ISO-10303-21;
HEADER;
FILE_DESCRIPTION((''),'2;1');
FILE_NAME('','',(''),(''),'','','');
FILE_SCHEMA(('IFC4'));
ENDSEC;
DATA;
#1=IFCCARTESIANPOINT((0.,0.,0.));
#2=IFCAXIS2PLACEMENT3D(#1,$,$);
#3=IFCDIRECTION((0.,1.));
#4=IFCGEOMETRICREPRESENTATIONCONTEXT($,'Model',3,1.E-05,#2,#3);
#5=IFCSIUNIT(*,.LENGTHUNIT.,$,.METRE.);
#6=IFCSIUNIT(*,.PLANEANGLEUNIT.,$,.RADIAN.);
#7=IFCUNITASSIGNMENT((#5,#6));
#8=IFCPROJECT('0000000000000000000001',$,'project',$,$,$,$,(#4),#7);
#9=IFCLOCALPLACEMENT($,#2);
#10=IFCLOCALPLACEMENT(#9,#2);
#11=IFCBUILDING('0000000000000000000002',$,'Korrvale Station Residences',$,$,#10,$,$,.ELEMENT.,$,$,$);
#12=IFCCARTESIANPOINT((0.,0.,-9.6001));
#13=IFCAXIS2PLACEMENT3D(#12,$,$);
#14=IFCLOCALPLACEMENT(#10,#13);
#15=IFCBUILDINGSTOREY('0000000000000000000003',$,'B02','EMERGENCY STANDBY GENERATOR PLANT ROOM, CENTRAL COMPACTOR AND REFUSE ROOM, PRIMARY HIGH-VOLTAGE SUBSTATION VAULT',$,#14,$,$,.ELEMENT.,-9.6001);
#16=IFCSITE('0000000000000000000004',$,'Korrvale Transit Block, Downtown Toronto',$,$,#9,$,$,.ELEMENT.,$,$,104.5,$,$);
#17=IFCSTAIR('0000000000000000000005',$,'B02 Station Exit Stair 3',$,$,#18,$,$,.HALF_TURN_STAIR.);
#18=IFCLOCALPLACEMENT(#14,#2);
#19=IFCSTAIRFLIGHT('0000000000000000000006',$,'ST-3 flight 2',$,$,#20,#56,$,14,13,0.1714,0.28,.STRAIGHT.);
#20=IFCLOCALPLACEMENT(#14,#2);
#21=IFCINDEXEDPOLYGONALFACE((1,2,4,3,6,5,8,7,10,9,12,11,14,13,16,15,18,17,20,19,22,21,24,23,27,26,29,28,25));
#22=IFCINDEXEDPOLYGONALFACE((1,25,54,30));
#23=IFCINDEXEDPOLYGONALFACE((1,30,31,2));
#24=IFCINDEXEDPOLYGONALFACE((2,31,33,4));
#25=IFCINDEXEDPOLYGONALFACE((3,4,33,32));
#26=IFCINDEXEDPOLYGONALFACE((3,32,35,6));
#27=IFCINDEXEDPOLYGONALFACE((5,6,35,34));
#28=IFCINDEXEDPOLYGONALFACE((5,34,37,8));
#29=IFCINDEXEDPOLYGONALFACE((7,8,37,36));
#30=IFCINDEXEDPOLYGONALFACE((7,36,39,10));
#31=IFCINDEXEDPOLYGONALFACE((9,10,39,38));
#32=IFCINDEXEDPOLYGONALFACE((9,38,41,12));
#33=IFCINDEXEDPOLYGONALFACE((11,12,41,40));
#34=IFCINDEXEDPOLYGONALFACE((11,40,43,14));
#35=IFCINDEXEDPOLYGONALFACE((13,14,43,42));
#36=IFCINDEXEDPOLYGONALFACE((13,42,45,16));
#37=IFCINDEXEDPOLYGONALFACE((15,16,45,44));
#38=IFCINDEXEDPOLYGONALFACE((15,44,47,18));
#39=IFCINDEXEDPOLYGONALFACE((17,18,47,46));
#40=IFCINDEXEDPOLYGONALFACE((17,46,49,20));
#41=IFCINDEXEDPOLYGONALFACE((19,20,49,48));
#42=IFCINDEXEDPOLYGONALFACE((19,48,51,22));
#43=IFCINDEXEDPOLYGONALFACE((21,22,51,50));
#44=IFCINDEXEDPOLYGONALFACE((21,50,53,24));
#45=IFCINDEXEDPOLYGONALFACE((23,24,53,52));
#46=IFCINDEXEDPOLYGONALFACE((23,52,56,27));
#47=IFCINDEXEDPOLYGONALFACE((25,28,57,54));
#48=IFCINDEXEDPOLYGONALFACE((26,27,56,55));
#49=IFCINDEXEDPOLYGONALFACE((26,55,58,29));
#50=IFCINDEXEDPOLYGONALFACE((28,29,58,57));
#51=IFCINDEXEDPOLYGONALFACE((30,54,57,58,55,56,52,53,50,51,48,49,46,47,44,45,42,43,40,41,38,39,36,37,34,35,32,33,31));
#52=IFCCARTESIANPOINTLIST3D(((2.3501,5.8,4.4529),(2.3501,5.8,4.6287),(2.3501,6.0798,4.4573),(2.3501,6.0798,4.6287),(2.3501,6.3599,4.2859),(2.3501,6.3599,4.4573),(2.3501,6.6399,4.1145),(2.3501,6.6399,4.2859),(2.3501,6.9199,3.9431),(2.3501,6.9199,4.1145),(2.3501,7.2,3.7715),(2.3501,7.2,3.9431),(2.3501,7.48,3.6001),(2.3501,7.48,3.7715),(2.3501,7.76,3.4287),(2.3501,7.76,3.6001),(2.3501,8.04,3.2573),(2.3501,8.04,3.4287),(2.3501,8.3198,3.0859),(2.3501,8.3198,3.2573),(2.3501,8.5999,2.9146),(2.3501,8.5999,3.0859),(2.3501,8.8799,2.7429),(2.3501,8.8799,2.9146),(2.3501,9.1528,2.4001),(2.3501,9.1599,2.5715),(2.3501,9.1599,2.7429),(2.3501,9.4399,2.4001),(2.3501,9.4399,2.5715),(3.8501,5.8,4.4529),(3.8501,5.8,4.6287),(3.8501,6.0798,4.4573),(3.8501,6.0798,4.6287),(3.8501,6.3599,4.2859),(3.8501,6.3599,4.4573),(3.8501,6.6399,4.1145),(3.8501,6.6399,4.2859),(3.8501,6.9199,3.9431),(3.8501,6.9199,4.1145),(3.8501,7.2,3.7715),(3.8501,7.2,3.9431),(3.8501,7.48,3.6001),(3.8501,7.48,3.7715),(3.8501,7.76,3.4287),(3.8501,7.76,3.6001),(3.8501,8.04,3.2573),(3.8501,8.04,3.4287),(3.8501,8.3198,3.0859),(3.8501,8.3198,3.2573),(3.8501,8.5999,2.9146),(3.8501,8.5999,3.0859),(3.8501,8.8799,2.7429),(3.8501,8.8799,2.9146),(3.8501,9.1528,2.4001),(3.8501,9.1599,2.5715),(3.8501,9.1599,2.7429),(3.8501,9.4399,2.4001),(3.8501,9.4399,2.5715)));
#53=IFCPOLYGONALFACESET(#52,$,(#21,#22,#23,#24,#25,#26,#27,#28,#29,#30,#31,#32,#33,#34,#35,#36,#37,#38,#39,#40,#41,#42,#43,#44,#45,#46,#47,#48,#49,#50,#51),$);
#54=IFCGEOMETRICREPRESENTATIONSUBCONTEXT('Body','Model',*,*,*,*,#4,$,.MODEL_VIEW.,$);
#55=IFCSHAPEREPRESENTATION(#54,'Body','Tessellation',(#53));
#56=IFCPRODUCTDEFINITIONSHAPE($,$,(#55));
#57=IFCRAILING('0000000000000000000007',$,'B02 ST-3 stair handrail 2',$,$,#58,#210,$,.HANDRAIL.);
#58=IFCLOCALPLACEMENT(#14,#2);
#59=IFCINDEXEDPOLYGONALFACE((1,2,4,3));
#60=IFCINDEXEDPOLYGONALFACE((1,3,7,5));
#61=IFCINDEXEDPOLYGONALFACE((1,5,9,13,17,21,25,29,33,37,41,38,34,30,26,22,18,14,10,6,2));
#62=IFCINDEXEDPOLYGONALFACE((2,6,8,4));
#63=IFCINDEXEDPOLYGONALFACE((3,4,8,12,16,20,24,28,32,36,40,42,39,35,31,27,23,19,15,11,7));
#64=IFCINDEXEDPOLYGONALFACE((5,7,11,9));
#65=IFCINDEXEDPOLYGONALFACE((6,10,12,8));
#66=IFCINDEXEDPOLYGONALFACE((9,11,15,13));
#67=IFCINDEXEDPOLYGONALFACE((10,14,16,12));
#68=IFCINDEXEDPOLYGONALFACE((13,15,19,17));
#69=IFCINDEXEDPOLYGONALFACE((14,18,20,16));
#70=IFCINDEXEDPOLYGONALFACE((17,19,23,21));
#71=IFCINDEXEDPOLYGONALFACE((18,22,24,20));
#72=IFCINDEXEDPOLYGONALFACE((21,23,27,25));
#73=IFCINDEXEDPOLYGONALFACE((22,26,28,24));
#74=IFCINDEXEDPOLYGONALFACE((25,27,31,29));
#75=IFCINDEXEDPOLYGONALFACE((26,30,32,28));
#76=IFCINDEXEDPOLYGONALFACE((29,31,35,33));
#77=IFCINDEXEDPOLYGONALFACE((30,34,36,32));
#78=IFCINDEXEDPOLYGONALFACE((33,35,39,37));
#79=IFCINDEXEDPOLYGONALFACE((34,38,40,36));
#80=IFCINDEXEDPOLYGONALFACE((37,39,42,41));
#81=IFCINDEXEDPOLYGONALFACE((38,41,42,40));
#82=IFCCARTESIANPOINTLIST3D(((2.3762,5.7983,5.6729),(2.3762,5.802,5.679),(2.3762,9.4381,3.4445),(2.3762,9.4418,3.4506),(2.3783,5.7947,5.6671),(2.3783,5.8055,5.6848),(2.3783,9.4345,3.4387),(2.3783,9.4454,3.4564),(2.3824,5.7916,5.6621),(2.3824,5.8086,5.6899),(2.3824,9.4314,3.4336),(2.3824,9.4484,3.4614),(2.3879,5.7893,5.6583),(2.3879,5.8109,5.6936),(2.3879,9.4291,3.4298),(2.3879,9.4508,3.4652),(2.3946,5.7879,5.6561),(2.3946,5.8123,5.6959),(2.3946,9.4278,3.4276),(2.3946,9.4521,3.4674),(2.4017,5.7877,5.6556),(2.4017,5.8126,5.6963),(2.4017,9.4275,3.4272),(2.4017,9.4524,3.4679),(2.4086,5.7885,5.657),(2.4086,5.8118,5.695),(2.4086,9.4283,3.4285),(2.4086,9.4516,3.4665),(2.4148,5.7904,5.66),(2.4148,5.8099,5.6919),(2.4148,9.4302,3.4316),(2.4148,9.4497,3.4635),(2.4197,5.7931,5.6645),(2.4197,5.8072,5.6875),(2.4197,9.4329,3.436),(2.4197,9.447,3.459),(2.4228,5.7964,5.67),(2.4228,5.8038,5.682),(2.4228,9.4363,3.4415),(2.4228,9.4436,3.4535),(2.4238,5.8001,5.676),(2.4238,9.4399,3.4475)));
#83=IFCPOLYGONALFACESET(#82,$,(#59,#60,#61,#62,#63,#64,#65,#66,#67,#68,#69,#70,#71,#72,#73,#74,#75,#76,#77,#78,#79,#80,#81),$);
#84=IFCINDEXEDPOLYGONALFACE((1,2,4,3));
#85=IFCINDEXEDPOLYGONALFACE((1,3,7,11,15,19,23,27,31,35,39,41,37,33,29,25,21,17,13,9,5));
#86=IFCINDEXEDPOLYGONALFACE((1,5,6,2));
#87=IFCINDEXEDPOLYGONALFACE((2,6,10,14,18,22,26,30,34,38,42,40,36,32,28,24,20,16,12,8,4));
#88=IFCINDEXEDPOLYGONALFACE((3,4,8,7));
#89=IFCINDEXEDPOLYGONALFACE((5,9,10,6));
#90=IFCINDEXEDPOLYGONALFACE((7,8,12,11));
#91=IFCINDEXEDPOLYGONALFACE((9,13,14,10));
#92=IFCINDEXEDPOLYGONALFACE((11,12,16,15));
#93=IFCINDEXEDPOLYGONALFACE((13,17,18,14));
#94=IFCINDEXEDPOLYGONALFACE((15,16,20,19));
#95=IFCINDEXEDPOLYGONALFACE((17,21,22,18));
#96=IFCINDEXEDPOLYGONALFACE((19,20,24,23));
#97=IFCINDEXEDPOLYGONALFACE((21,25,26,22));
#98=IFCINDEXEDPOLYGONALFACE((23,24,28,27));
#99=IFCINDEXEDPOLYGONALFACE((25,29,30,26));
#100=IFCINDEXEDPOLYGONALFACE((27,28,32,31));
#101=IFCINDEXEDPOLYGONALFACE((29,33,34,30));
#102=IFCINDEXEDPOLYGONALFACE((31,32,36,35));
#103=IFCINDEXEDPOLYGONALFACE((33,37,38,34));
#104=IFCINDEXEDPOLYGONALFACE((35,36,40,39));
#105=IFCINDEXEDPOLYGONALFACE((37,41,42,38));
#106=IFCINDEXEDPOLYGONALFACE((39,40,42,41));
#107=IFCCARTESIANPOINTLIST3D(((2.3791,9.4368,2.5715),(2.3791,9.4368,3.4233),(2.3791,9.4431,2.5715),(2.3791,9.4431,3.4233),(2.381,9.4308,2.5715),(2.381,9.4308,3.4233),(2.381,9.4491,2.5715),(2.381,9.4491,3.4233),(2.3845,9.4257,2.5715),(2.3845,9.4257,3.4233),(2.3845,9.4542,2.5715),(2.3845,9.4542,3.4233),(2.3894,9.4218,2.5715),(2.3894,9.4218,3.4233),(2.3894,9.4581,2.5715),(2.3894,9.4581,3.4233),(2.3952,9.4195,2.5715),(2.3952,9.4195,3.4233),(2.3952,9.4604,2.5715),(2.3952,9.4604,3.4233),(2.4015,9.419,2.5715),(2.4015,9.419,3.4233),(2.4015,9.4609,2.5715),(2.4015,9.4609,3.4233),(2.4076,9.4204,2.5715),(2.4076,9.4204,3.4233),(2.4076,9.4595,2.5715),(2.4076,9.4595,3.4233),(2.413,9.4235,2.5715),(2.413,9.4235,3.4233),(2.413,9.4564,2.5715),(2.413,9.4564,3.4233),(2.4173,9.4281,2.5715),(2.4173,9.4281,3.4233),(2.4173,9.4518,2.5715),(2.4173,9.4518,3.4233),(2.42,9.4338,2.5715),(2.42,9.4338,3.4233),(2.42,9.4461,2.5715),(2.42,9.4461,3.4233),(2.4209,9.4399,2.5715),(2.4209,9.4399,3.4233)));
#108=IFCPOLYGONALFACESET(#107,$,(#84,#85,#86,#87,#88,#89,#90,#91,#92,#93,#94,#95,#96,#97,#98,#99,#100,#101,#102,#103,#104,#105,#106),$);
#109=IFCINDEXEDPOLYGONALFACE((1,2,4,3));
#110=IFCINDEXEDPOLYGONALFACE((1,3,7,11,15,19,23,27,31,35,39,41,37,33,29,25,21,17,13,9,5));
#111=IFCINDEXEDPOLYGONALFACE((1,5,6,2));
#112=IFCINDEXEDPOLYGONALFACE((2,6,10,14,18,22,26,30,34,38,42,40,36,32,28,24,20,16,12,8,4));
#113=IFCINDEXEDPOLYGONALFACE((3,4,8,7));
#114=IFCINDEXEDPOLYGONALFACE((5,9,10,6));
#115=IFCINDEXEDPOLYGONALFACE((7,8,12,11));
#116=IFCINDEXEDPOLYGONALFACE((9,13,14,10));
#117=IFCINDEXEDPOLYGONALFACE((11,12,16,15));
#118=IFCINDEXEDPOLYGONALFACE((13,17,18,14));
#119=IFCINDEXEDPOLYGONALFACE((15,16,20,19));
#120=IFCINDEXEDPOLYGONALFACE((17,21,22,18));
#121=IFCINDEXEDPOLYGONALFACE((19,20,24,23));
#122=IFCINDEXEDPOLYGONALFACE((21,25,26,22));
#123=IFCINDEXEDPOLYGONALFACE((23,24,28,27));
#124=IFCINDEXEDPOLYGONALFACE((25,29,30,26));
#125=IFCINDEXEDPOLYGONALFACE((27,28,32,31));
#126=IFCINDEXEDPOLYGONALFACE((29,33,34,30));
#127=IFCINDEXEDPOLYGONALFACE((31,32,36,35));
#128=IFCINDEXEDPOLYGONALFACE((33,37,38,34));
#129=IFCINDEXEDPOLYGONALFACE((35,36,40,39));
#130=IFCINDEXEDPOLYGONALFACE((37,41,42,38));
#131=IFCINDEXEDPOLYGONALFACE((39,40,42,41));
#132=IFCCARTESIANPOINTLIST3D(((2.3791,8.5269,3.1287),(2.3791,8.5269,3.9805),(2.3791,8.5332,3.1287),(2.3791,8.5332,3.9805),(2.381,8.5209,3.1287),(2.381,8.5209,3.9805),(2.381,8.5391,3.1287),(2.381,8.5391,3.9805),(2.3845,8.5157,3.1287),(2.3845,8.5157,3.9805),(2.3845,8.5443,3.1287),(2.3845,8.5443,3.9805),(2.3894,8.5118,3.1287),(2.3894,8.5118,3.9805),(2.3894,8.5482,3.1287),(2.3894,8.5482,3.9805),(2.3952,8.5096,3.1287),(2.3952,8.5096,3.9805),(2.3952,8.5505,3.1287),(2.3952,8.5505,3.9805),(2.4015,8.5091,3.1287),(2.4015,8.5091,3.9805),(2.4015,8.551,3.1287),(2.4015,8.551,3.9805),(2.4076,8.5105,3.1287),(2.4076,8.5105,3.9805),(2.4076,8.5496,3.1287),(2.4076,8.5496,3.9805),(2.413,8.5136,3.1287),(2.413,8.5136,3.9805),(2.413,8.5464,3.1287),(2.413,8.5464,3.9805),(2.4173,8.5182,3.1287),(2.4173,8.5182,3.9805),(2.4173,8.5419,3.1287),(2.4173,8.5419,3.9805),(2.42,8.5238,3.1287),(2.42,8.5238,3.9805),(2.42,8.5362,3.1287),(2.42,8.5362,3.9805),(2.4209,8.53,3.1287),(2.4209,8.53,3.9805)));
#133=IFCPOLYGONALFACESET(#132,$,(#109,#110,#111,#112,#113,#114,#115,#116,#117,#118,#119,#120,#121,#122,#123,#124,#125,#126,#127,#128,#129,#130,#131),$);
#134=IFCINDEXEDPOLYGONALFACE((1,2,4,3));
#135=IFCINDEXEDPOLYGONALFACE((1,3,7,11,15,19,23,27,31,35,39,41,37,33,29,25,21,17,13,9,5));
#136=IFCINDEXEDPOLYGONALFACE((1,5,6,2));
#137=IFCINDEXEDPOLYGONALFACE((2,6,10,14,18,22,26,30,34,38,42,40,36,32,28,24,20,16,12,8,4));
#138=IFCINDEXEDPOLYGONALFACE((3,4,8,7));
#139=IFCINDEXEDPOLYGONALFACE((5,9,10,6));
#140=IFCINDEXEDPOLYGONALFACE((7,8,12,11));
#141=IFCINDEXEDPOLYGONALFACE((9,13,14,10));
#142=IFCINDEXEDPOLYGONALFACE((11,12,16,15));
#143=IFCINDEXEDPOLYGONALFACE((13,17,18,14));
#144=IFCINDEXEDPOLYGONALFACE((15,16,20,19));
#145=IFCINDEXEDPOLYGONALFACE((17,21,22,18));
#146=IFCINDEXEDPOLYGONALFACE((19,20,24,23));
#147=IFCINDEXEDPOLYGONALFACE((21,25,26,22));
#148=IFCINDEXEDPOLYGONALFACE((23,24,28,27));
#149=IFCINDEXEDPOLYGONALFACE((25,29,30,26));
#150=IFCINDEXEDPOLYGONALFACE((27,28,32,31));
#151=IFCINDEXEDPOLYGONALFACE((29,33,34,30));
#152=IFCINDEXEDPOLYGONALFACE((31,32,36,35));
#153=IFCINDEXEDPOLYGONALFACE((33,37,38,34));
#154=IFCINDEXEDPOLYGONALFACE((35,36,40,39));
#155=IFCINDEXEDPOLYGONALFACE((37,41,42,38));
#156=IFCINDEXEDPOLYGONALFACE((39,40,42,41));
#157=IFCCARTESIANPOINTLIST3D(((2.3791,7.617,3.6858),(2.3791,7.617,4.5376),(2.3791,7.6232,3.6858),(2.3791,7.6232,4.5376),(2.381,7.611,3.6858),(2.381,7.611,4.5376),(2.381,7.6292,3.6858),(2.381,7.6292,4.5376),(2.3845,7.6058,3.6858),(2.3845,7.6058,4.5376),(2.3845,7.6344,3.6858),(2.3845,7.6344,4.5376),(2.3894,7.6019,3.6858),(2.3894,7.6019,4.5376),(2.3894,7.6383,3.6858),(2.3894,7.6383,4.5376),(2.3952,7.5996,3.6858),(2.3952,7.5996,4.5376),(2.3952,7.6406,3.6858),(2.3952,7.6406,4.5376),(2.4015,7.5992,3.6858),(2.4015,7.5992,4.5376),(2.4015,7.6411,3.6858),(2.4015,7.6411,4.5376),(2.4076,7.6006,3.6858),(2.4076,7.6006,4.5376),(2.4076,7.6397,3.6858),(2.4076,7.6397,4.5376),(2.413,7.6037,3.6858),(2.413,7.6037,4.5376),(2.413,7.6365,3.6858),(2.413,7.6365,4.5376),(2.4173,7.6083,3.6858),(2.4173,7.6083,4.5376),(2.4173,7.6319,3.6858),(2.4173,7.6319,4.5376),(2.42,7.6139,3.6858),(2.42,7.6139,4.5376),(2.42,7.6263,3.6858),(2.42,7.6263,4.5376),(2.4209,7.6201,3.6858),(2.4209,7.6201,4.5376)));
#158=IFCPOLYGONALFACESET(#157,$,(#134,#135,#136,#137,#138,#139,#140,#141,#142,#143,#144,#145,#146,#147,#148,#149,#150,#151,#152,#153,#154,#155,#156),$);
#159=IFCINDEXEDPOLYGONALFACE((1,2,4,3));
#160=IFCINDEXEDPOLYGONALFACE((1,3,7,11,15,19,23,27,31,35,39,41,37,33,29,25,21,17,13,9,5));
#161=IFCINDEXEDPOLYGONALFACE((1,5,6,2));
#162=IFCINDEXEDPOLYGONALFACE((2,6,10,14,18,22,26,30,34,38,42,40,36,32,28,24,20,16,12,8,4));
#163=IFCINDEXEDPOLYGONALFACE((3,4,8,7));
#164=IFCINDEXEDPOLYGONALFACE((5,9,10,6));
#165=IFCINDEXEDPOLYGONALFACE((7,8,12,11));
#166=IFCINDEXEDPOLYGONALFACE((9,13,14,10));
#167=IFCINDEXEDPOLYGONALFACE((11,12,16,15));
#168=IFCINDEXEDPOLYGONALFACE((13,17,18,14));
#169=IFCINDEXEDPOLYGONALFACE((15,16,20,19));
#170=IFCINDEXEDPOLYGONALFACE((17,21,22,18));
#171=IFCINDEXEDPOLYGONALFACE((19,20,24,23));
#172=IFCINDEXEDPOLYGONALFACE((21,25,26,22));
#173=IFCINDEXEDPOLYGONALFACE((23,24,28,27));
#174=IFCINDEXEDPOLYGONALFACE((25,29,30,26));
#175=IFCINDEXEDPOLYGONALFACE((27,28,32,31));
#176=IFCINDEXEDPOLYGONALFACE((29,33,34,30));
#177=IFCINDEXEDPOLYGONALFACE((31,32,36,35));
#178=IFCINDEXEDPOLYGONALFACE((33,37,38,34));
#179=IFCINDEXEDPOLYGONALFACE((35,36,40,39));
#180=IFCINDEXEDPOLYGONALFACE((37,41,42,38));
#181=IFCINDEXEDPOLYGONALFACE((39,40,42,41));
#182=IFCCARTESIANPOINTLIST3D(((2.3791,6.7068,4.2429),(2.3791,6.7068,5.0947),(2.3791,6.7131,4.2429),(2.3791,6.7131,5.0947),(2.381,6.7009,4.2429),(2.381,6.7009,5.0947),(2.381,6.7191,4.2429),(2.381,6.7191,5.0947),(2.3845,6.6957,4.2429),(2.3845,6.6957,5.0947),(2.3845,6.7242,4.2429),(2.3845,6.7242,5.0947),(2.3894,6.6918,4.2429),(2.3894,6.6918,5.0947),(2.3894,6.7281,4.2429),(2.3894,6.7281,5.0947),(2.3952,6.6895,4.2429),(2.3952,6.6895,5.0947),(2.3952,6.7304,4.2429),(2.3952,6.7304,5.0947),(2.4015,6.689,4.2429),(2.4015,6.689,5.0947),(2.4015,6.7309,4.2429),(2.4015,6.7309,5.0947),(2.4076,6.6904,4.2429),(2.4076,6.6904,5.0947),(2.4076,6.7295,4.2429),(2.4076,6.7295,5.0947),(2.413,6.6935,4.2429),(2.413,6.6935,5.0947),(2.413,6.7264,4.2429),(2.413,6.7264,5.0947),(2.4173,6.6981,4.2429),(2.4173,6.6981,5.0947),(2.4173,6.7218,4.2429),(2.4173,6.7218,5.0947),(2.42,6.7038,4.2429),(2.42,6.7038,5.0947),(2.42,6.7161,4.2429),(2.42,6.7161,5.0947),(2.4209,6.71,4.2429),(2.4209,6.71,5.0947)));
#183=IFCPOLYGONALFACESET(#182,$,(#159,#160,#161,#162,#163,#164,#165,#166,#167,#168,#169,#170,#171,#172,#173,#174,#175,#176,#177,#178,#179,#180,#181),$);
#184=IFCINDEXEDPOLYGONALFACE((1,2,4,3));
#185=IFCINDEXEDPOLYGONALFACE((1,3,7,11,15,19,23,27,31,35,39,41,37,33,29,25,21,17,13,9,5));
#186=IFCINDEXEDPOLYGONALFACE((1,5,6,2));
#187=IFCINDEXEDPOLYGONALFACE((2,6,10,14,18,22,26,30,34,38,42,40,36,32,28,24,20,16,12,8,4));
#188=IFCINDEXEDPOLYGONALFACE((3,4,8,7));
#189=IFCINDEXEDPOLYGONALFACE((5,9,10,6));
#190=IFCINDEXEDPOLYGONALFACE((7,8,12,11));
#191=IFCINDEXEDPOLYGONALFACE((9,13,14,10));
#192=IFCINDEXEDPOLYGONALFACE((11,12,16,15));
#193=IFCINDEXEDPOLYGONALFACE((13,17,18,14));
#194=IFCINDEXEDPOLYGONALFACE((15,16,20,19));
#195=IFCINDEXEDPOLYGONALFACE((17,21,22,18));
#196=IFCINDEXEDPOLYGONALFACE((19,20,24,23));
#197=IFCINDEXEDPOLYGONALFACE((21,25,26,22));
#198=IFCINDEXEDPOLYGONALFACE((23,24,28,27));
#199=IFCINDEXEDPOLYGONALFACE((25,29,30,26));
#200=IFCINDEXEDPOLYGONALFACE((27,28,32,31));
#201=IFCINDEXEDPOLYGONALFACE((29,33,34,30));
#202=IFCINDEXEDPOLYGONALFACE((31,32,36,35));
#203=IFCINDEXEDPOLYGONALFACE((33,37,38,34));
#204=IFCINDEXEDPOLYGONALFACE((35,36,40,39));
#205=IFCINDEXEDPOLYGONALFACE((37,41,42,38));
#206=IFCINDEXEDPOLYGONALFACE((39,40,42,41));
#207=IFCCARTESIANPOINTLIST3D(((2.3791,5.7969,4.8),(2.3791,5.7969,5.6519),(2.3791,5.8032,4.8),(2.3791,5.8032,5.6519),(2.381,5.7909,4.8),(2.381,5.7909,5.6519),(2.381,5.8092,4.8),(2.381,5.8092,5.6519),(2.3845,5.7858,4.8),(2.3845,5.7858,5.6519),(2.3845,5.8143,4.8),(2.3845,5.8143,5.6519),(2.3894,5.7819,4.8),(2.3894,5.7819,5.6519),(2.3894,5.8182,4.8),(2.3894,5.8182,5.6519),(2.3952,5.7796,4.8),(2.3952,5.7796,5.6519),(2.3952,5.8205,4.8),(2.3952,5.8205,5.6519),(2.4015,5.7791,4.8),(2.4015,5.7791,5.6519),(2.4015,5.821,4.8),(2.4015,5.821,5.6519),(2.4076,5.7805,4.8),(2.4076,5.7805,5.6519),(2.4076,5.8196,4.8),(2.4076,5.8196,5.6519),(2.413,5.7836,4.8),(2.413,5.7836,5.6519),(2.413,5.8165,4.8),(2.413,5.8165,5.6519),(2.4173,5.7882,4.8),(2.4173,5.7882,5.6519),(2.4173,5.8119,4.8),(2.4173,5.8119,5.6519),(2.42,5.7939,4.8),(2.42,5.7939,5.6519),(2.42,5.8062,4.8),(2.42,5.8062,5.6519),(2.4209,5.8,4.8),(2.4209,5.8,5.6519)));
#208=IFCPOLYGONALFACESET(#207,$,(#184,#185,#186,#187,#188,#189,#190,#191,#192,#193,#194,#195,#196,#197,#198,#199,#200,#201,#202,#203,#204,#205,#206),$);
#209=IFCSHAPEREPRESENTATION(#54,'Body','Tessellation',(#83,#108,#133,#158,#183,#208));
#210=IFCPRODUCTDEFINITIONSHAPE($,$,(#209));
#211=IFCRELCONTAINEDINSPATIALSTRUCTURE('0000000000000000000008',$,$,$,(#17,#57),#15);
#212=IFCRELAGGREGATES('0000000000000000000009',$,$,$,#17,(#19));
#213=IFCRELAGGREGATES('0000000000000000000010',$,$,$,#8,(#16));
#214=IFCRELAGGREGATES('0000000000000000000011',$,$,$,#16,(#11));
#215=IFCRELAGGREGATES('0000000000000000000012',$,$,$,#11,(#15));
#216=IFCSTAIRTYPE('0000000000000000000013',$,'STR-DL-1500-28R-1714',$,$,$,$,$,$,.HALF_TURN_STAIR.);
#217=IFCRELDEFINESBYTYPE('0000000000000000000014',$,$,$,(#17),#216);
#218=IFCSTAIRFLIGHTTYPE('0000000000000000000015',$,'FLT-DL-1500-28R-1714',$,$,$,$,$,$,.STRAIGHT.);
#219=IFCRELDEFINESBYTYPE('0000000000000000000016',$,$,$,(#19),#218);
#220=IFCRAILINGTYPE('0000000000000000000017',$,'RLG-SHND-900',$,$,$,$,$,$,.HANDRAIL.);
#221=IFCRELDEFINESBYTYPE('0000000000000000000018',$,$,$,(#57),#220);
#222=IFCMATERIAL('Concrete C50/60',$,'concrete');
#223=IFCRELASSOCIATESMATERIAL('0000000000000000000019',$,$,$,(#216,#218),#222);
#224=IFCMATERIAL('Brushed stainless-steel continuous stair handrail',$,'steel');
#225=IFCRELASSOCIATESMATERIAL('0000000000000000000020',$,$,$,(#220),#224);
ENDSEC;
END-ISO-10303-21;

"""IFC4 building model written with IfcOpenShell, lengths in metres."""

from ifc_helpers import new_model, si_unit, direction, frame, origin, origin_2d, place, context, subcontext, project, spatial, polyline, circle, outline, extrude, material, type_object, element, aggregate, save


model = new_model("IFC4")

# Units and contexts
model_context = context("Model", 3, precision=1e-05, world=origin(), true_north=direction((0.0, 1.0)))
body_context = subcontext(model_context, "Body", "Model", "MODEL_VIEW")
ifc_project = project(units=[si_unit("LENGTHUNIT", "METRE"), si_unit("PLANEANGLEUNIT", "RADIAN")], contexts=[model_context])

# Site, building, storey
site_placement = place(None, origin())
site = spatial("IfcSite", under=ifc_project, at=site_placement, Name="Korrvale Transit Block, Downtown Toronto", CompositionType="ELEMENT", RefElevation=104.5)
building_placement = place(site_placement, origin())
building = spatial("IfcBuilding", under=site, at=building_placement, Name="Korrvale Station Residences", CompositionType="ELEMENT")
storey_placement = place(building_placement, frame((0.0, 0.0, -9.6001)))
storey = spatial("IfcBuildingStorey", under=building, at=storey_placement, Name="B02", Description="EMERGENCY STANDBY GENERATOR PLANT ROOM, CENTRAL COMPACTOR AND REFUSE ROOM, PRIMARY HIGH-VOLTAGE SUBSTATION VAULT", CompositionType="ELEMENT", Elevation=-9.6001)

# Shared definitions
ifc_material_1 = material(Name="Concrete C50/60", Category="concrete")

# Stair, stair flight
stair_type = type_object("IfcStairType", Name="STR-DL-1500-28R-1714", PredefinedType="HALF_TURN_STAIR", material=ifc_material_1)
stair_placement = place(storey_placement, origin())
stair = element("IfcStair", 1, at=stair_placement, inside=storey, type_object=stair_type, Name="B02 Station Exit Stair 3", PredefinedType="HALF_TURN_STAIR")
stair_flight_type = type_object("IfcStairFlightType", Name="FLT-DL-1500-28R-1714", PredefinedType="STRAIGHT", material=ifc_material_1)
stair_flight_placement = place(storey_placement, frame((3.1001, 9.4399, 2.4001), z_axis=(0.0, 0.0, 1.0), x_axis=(0.0, -1.0, 0.0)))
stair_flight = element("IfcStairFlight", 2, at=stair_flight_placement, type_object=stair_flight_type, Name="ST-3 flight 2", NumberOfRisers=14, NumberOfTreads=13, PredefinedType="STRAIGHT", RiserHeight=0.1714, TreadLength=0.28, context=body_context, shape_type="SweptSolid", body=[
    extrude(outline(polyline([(0.0, 0.0), (0.0, 0.1714), (0.28, 0.1714), (0.28, 0.3428), (0.5601, 0.3428), (0.5601, 0.5144), (0.8401, 0.5144), (0.8401, 0.6858), (1.1201, 0.6858), (1.1201, 0.8572), (1.3999, 0.8572), (1.3999, 1.0286), (1.6799, 1.0286), (1.6799, 1.2), (1.96, 1.2), (1.96, 1.3713), (2.24, 1.3713), (2.24, 1.543), (2.52, 1.543), (2.52, 1.7144), (2.8, 1.7144), (2.8, 1.8857), (3.0801, 1.8857), (3.0801, 2.0571), (3.3601, 2.0571), (3.3601, 2.2285), (3.6399, 2.2285), (3.6399, 2.3999), (3.6399, 2.0527), (0.2871, 0.0), (0.0, 0.0)])), frame((0.0, 0.75, 0.0), z_axis=(0.0, -1.0, 0.0), x_axis=(1.0, 0.0, 0.0)), (0.0, 0.0, 1.0), 1.5),
])
aggregate(stair, [stair_flight])

# Railing
ifc_material_2 = material(Name="Brushed stainless-steel continuous stair handrail", Category="steel")
railing_type_1 = type_object("IfcRailingType", Name="RLG-SHND-900", PredefinedType="HANDRAIL", material=ifc_material_2)
railing_1_placement = place(storey_placement, frame((2.3999, 9.4399, 2.5715)))
element("IfcRailing", 3, at=railing_1_placement, inside=storey, type_object=railing_type_1, Name="B02 ST-3 stair handrail 2", PredefinedType="HANDRAIL", context=body_context, shape_type="SweptSolid", body=[
    extrude(circle(Radius=0.0239, at=origin_2d()), frame((0.0, 0.0, 0.876), z_axis=(0.0, -0.85285, 0.522156), x_axis=(1.0, 0.0, 0.0)), (0.0, 0.0, 1.0), 4.2678),
    extrude(circle(Radius=0.021, at=origin_2d()), origin(), (0.0, 0.0, 1.0), 0.8518),
    extrude(circle(Radius=0.021, at=origin_2d()), frame((0.0, -0.9099, 0.5571)), (0.0, 0.0, 1.0), 0.8518),
    extrude(circle(Radius=0.021, at=origin_2d()), frame((0.0, -1.8198, 1.1143)), (0.0, 0.0, 1.0), 0.8518),
    extrude(circle(Radius=0.021, at=origin_2d()), frame((0.0, -2.73, 1.6714)), (0.0, 0.0, 1.0), 0.8518),
    extrude(circle(Radius=0.021, at=origin_2d()), frame((0.0, -3.6399, 2.2285)), (0.0, 0.0, 1.0), 0.8518),
])

save(model, "model.ifc")
